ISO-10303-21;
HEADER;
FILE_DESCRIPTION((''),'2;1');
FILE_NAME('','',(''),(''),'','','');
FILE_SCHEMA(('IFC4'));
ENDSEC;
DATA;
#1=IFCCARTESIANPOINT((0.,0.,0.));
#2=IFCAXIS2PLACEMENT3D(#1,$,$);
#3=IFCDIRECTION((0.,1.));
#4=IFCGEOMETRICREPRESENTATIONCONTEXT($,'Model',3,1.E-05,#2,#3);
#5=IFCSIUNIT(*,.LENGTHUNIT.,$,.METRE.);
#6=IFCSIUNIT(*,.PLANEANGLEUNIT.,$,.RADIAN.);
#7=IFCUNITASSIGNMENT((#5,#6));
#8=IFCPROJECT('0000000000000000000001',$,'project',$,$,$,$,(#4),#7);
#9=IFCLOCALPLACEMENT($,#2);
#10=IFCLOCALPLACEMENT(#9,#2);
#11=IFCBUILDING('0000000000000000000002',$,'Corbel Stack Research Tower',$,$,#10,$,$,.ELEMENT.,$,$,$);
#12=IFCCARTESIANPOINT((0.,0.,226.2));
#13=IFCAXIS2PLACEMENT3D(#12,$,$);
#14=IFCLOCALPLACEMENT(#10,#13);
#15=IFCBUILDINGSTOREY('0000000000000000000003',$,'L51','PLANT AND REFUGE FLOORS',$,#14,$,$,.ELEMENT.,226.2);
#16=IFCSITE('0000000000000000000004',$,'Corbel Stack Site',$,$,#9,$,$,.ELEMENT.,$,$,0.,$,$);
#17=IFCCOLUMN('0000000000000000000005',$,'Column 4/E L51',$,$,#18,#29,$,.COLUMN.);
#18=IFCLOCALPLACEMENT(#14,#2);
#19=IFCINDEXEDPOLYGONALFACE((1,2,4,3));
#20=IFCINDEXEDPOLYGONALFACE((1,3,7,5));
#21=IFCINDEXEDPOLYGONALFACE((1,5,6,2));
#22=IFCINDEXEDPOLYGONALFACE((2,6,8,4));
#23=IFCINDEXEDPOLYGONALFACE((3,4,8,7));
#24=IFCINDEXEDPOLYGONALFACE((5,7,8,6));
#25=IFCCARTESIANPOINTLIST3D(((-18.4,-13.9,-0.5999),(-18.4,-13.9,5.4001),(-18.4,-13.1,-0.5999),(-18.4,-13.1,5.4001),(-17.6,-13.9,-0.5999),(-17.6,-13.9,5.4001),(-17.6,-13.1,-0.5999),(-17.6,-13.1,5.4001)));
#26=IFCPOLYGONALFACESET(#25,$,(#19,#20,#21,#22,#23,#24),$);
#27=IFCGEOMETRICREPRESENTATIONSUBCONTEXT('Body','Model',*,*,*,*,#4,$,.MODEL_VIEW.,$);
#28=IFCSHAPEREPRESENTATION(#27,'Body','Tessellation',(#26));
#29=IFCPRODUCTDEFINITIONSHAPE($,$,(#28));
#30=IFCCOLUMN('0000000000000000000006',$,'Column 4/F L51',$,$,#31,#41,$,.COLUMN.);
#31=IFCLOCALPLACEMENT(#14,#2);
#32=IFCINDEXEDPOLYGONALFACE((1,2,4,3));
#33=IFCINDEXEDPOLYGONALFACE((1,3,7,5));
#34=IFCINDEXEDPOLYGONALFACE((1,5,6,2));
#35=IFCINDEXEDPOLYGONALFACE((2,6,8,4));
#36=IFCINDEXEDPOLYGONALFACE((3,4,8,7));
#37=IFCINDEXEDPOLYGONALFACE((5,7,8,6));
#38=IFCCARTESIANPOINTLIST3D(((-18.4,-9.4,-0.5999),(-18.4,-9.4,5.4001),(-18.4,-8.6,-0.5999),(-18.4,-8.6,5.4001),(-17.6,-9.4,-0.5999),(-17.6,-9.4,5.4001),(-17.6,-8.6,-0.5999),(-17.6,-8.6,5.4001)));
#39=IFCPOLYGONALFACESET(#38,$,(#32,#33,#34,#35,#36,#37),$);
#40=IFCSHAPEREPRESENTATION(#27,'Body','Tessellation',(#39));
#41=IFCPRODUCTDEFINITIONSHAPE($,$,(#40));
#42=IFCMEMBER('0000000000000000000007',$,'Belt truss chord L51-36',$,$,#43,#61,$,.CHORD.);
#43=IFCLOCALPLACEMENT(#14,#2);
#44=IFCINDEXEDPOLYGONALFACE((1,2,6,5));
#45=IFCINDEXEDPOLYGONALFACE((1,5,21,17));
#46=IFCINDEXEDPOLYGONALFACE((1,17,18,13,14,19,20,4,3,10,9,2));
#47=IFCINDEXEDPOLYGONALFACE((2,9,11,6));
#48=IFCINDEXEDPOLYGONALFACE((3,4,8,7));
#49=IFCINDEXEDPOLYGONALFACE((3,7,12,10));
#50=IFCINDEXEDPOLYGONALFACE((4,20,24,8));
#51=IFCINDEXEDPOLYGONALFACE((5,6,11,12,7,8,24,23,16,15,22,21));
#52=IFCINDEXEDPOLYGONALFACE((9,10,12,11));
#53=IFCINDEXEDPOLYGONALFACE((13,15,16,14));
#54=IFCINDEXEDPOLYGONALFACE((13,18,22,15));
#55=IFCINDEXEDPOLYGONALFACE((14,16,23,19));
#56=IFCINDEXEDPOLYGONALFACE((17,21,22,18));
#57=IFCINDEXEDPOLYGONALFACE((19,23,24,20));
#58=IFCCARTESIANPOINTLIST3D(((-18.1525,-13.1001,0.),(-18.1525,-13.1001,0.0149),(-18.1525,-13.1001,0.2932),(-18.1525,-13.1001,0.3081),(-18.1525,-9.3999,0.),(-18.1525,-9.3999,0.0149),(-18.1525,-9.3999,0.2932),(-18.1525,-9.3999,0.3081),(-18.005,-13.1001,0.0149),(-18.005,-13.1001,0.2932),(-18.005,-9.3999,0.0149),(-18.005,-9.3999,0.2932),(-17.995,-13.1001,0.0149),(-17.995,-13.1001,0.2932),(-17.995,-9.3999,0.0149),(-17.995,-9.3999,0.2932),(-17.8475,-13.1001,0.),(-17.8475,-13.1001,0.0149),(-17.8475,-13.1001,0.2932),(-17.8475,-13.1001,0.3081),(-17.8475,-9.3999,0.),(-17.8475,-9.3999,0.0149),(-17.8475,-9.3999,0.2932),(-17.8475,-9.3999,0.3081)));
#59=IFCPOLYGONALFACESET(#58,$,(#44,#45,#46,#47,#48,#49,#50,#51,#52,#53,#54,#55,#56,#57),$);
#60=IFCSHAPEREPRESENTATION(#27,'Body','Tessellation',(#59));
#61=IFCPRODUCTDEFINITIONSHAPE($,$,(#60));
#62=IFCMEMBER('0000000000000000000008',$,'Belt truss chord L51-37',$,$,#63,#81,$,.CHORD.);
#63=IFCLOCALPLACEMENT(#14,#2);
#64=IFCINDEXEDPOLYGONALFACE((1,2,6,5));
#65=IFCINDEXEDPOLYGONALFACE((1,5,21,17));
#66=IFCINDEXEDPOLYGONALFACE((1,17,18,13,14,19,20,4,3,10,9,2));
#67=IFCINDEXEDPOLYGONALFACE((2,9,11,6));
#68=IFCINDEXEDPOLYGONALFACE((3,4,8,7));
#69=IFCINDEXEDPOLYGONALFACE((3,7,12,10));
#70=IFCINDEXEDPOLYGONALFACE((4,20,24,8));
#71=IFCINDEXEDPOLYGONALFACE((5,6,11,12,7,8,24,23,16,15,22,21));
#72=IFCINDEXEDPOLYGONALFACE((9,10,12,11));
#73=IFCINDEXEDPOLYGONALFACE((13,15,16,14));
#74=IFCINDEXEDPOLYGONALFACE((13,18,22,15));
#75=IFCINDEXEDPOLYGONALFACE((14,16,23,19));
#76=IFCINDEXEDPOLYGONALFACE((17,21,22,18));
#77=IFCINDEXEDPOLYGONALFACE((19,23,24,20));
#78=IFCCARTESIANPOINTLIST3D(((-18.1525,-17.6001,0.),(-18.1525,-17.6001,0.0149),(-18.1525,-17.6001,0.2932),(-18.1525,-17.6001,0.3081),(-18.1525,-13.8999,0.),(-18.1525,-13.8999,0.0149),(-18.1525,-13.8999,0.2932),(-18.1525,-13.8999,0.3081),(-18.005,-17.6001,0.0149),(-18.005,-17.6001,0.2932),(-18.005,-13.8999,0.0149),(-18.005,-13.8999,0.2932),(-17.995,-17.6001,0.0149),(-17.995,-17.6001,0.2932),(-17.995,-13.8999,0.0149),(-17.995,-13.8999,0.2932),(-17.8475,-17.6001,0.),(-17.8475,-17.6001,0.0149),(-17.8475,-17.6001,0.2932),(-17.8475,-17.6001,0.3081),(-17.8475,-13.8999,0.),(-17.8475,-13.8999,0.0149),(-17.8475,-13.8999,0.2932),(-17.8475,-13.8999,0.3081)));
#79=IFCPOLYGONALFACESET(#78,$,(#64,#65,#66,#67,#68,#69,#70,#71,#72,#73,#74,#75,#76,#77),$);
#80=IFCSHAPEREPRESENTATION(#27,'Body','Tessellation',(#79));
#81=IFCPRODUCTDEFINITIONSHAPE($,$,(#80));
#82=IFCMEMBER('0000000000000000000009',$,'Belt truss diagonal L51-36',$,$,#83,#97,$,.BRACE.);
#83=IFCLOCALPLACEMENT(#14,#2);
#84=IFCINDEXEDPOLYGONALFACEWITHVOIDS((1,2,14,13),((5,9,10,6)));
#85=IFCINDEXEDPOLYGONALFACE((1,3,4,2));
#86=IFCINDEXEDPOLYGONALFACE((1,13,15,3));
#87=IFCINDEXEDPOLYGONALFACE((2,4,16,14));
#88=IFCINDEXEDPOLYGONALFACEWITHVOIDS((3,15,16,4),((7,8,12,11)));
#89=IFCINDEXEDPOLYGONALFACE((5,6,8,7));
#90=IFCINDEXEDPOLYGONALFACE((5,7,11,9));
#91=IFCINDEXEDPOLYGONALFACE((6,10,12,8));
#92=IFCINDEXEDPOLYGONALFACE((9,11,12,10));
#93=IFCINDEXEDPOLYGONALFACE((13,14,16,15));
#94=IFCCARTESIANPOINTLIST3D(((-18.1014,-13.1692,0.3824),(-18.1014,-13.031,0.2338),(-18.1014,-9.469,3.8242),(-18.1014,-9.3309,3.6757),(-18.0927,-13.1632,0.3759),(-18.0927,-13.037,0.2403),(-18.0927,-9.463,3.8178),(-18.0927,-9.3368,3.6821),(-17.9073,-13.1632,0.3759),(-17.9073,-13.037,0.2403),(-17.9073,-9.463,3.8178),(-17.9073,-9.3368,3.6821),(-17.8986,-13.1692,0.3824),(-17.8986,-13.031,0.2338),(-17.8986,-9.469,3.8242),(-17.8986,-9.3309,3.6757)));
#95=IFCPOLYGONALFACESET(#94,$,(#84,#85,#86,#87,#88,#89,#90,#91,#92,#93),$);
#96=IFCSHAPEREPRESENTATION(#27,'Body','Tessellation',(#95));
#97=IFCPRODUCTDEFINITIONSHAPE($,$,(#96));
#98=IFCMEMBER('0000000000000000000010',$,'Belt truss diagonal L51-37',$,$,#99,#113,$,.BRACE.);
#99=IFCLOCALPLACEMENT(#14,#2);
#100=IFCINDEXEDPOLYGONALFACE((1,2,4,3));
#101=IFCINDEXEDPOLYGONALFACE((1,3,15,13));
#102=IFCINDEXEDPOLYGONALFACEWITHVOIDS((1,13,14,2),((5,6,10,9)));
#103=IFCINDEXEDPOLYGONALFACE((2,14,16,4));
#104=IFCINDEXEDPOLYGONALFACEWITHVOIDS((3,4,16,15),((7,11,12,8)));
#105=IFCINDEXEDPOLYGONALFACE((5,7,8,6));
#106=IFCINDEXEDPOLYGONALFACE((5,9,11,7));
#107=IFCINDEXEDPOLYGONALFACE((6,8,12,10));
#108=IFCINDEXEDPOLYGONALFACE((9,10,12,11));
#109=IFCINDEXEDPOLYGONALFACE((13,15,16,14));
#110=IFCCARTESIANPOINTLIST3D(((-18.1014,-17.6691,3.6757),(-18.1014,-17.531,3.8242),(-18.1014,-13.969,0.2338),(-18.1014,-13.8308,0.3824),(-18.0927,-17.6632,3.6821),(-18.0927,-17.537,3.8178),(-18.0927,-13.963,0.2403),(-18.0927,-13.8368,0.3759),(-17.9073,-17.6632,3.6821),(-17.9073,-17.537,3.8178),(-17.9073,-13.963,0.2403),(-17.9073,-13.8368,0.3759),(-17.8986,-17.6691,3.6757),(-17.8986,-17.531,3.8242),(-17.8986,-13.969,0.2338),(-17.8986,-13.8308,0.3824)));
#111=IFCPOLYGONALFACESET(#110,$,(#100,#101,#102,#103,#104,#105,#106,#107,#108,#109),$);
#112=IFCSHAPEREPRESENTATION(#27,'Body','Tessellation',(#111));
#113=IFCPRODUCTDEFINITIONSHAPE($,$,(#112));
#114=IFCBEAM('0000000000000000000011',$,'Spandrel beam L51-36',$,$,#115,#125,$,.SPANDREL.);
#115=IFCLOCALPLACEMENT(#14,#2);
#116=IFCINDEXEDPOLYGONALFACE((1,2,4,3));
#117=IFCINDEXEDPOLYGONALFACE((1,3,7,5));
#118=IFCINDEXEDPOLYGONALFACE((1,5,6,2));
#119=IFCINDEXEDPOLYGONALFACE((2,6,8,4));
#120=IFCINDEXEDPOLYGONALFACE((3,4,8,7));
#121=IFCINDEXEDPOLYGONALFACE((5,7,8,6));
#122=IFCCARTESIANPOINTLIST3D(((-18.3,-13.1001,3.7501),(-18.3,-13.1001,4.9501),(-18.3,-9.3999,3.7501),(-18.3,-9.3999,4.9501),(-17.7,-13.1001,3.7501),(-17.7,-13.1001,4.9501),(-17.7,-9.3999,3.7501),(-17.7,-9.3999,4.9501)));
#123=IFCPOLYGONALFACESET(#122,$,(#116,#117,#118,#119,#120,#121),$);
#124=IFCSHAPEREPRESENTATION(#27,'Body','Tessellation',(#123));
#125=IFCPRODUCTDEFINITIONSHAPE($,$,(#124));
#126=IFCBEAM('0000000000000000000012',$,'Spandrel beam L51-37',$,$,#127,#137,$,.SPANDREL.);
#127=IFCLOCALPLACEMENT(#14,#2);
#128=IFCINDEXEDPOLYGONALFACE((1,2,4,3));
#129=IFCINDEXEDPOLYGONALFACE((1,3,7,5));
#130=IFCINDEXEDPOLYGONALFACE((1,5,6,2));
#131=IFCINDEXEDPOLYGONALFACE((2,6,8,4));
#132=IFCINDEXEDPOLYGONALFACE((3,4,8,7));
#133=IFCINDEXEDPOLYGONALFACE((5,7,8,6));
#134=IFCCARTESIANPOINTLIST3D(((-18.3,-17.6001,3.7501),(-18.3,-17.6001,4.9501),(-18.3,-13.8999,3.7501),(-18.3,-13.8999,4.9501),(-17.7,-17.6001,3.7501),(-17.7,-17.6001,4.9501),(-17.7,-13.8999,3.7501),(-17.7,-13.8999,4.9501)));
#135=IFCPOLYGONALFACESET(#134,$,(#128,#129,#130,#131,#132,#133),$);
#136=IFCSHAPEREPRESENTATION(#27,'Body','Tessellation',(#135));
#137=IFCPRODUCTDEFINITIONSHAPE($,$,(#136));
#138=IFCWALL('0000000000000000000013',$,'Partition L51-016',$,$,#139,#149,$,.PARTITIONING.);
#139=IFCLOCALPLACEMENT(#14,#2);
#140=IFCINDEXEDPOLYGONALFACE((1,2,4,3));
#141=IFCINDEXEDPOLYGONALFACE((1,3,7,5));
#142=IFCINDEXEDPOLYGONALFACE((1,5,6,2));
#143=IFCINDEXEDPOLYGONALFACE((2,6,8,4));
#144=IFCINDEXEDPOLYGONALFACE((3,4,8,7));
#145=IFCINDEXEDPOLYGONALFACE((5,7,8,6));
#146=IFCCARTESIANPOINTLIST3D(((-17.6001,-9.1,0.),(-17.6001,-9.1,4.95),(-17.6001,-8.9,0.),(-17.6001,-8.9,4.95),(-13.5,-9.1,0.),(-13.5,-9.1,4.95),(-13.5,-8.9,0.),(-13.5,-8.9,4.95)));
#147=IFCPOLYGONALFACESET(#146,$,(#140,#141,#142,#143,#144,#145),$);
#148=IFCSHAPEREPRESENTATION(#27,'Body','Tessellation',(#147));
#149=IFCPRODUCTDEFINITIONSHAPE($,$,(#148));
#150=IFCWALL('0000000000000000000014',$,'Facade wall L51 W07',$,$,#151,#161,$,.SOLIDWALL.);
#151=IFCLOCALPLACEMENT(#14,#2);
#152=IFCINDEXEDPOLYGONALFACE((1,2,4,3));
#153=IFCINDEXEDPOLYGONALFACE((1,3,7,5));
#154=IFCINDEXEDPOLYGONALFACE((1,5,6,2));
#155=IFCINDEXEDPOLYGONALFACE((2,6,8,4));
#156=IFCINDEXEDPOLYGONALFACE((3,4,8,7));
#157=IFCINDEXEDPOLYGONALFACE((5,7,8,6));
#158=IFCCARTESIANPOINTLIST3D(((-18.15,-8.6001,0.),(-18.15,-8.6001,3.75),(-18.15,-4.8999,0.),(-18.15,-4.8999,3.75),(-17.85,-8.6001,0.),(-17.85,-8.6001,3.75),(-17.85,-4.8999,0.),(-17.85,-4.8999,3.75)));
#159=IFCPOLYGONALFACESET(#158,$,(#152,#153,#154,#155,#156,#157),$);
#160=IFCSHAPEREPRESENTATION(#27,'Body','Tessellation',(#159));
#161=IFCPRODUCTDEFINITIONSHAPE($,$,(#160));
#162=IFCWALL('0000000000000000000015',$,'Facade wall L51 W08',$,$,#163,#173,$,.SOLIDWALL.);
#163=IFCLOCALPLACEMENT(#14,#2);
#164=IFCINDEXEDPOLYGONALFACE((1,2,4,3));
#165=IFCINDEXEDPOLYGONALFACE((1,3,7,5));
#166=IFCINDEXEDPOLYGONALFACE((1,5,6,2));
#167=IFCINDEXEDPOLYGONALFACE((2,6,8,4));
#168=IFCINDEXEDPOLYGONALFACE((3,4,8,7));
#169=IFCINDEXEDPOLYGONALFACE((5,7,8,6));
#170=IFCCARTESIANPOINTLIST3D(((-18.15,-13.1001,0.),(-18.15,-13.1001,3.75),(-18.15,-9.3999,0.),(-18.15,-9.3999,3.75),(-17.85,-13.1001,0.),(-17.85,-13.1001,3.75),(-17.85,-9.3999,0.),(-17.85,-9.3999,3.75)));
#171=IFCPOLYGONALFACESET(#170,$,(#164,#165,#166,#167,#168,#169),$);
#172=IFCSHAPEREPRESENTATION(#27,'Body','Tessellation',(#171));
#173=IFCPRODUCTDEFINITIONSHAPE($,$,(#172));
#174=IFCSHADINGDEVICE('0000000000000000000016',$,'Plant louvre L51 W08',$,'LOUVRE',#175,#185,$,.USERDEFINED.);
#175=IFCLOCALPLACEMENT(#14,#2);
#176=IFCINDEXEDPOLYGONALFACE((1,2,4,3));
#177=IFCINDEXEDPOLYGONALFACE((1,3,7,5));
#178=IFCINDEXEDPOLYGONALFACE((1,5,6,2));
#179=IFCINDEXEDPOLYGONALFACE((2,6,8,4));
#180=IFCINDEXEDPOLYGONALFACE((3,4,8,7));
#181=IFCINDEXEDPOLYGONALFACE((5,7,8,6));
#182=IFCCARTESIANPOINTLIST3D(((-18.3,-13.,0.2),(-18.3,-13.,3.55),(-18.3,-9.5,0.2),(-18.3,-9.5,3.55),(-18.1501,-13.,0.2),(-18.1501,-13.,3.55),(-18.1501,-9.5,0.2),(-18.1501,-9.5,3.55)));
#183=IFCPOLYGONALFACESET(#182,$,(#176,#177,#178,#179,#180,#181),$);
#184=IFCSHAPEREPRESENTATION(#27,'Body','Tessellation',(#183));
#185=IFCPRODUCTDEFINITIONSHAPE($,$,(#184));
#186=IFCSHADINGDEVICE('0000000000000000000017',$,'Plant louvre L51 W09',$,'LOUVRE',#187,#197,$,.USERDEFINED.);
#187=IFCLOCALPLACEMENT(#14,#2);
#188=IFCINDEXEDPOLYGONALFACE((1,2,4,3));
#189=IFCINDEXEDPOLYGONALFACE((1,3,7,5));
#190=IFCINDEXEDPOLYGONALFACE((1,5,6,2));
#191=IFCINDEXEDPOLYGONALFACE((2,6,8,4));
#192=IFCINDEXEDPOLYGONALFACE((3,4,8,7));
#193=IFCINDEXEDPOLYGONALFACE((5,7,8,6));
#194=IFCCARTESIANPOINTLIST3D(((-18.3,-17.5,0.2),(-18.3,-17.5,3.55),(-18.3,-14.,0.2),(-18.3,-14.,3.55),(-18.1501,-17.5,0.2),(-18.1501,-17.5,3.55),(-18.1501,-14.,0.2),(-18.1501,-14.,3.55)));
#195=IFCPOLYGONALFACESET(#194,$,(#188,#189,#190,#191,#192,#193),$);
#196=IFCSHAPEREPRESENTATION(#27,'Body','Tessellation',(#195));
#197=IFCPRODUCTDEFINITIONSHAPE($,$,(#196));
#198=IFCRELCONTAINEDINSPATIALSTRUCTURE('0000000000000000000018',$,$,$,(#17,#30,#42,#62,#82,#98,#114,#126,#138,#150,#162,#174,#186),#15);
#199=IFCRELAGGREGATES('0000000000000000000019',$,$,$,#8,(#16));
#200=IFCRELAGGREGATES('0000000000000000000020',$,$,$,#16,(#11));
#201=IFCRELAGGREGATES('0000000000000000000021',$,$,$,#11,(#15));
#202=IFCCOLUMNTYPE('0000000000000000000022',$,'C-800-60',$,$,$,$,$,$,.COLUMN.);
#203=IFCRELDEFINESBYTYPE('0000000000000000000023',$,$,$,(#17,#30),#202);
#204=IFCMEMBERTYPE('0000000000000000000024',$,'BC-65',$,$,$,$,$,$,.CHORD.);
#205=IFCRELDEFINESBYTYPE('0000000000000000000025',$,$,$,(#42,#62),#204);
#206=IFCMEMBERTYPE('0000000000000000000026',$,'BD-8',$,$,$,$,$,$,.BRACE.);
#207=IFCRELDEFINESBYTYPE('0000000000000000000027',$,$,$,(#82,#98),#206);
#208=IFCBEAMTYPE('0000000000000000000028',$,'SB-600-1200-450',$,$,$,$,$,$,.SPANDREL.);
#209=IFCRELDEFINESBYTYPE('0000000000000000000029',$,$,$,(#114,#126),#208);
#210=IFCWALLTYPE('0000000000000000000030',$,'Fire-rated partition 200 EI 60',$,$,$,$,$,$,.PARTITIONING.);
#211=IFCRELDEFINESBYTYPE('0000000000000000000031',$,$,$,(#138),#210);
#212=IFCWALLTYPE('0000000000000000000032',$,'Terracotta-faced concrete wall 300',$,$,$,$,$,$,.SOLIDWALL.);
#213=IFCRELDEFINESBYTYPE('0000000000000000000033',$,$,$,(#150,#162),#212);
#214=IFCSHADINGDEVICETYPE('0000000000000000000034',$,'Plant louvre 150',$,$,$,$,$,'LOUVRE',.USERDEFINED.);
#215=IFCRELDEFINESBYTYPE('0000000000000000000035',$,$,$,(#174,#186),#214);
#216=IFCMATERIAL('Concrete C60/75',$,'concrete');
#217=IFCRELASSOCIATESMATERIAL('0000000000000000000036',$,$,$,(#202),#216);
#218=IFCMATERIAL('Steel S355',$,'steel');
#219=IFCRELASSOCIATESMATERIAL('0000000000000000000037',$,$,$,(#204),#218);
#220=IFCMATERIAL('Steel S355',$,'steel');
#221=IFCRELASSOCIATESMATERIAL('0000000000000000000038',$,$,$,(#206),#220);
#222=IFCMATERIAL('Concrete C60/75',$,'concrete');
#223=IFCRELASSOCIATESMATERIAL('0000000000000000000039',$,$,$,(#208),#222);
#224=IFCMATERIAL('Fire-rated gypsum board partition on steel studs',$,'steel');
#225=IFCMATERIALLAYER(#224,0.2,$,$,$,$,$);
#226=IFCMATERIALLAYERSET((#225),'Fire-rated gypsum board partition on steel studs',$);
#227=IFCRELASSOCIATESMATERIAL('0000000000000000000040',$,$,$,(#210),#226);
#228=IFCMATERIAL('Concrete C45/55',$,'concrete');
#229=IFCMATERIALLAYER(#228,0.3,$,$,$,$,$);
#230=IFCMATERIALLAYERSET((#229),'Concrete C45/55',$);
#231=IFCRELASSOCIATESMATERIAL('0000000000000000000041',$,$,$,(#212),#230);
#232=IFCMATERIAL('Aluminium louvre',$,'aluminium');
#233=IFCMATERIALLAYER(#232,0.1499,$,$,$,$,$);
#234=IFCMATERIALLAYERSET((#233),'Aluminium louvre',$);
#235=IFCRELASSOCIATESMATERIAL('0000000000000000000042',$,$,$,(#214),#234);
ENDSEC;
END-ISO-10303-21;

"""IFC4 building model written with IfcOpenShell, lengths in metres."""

from ifc_helpers import new_model, si_unit, direction, frame, frame_2d, origin, origin_2d, place, context, subcontext, project, spatial, rectangle, hollow_rectangle, i_section, extrude, material, layer, layer_set, material_profile, profile_set, type_object, element, save


model = new_model("IFC4")

# Units and contexts
model_context = context("Model", 3, precision=1e-05, world=origin(), true_north=direction((0.0, 1.0)))
body_context = subcontext(model_context, "Body", "Model", "MODEL_VIEW")
ifc_project = project(units=[si_unit("LENGTHUNIT", "METRE"), si_unit("PLANEANGLEUNIT", "RADIAN")], contexts=[model_context])

# Site, building, storey
site_placement = place(None, origin())
site = spatial("IfcSite", under=ifc_project, at=site_placement, Name="Corbel Stack Site", CompositionType="ELEMENT", RefElevation=0.0)
building_placement = place(site_placement, origin())
building = spatial("IfcBuilding", under=site, at=building_placement, Name="Corbel Stack Research Tower", CompositionType="ELEMENT")
storey_placement = place(building_placement, frame((0.0, 0.0, 226.2)))
storey = spatial("IfcBuildingStorey", under=building, at=storey_placement, Name="L51", Description="PLANT AND REFUGE FLOORS", CompositionType="ELEMENT", Elevation=226.2)

# Columns
ifc_material_1 = material(Name="Concrete C60/75", Category="concrete")
ifc_material_profile_1 = material_profile(ifc_material_1, rectangle(XDim=0.8, YDim=0.8, at=origin_2d()), Name="RC 800 x 800")
ifc_profile_set_1 = profile_set([ifc_material_profile_1], Name="Concrete C60/75")
column_type = type_object("IfcColumnType", Name="C-800-60", PredefinedType="COLUMN", material=ifc_profile_set_1)
for number, where, z_axis, x_axis, name in (
    (1, (-18.0, -13.5, -0.5999), (0.0, 0.0, 1.0), (1.0, 0.0, 0.0), "Column 4/E L51"),
    (2, (-18.0, -9.0, -0.5999), (0.0, 0.0, 1.0), (1.0, 0.0, 0.0), "Column 4/F L51"),
):
    element("IfcColumn", number, at=place(storey_placement, frame(where, z_axis=z_axis, x_axis=x_axis)), inside=storey, type_object=column_type, Name=name, PredefinedType="COLUMN", context=body_context, shape_type="SweptSolid", body=[
        extrude(rectangle(XDim=0.8, YDim=0.8, at=origin_2d()), origin(), (0.0, 0.0, 1.0), 6.0),
    ])

# Members
ifc_material_2 = material(Name="Steel S355", Category="steel")
ifc_material_profile_2 = material_profile(ifc_material_2, i_section(OverallWidth=0.3049, OverallDepth=0.3081, WebThickness=0.01, FlangeThickness=0.0149, at=origin_2d()), Name="W12x65")
ifc_profile_set_2 = profile_set([ifc_material_profile_2], Name="Steel S355")
member_type_1 = type_object("IfcMemberType", Name="BC-65", PredefinedType="CHORD", material=ifc_profile_set_2)
for number, where, z_axis, x_axis, name in (
    (3, (-18.0, -9.3999, 0.1541), (0.0, -1.0, 0.0), (1.0, 0.0, 0.0), "Belt truss chord L51-36"),
    (4, (-18.0, -13.8999, 0.1541), (0.0, -1.0, 0.0), (1.0, 0.0, 0.0), "Belt truss chord L51-37"),
):
    element("IfcMember", number, at=place(storey_placement, frame(where, z_axis=z_axis, x_axis=x_axis)), inside=storey, type_object=member_type_1, Name=name, PredefinedType="CHORD", context=body_context, shape_type="SweptSolid", body=[
        extrude(i_section(OverallWidth=0.3049, OverallDepth=0.3081, WebThickness=0.01, FlangeThickness=0.0149, at=origin_2d()), origin(), (0.0, 0.0, 1.0), 3.7002),
    ])
ifc_material_3 = material(Name="Steel S355", Category="steel")
ifc_material_profile_3 = material_profile(ifc_material_3, hollow_rectangle(XDim=0.2029, YDim=0.2029, WallThickness=0.0088, at=origin_2d()), Name="HSS8x8x3/8")
ifc_profile_set_3 = profile_set([ifc_material_profile_3], Name="Steel S355")
member_type_2 = type_object("IfcMemberType", Name="BD-8", PredefinedType="BRACE", material=ifc_profile_set_3)
for number, where, z_axis, x_axis, name in (
    (5, (-18.0, -13.1001, 0.3081), (0.0, 0.732201, 0.681088), (-1.0, 0.0, 0.0), "Belt truss diagonal L51-36"),
    (6, (-18.0, -13.8999, 0.3081), (0.0, -0.732201, 0.681088), (1.0, 0.0, 0.0), "Belt truss diagonal L51-37"),
):
    element("IfcMember", number, at=place(storey_placement, frame(where, z_axis=z_axis, x_axis=x_axis)), inside=storey, type_object=member_type_2, Name=name, PredefinedType="BRACE", context=body_context, shape_type="SweptSolid", body=[
        extrude(hollow_rectangle(XDim=0.2029, YDim=0.2029, WallThickness=0.0088, at=origin_2d()), origin(), (0.0, 0.0, 1.0), 5.0535),
    ])

# Beams
ifc_material_4 = material(Name="Concrete C60/75", Category="concrete")
ifc_material_profile_4 = material_profile(ifc_material_4, rectangle(XDim=0.6001, YDim=1.2, at=origin_2d()), Name="RC 600 x 1200")
ifc_profile_set_4 = profile_set([ifc_material_profile_4], Name="Concrete C60/75")
beam_type = type_object("IfcBeamType", Name="SB-600-1200-450", PredefinedType="SPANDREL", material=ifc_profile_set_4)
for number, where, z_axis, x_axis, name in (
    (7, (-18.0, -9.3999, 4.3501), (0.0, -1.0, 0.0), (1.0, 0.0, 0.0), "Spandrel beam L51-36"),
    (8, (-18.0, -13.8999, 4.3501), (0.0, -1.0, 0.0), (1.0, 0.0, 0.0), "Spandrel beam L51-37"),
):
    element("IfcBeam", number, at=place(storey_placement, frame(where, z_axis=z_axis, x_axis=x_axis)), inside=storey, type_object=beam_type, Name=name, PredefinedType="SPANDREL", context=body_context, shape_type="SweptSolid", body=[
        extrude(rectangle(XDim=0.6001, YDim=1.2, at=origin_2d()), origin(), (0.0, 0.0, 1.0), 3.7002),
    ])

# Walls
ifc_material_5 = material(Name="Fire-rated gypsum board partition on steel studs", Category="steel")
ifc_layer_1 = layer(ifc_material_5, 0.2)
ifc_layer_set_1 = layer_set([ifc_layer_1], Name="Fire-rated gypsum board partition on steel studs")
wall_type_1 = type_object("IfcWallType", Name="Fire-rated partition 200 EI 60", PredefinedType="PARTITIONING", material=ifc_layer_set_1)
wall_placement = place(storey_placement, frame((-17.6001, -9.0, 0.0), z_axis=(0.0, 0.0, 1.0), x_axis=(1.0, 0.0, 0.0)))
element("IfcWall", 9, at=wall_placement, inside=storey, type_object=wall_type_1, Name="Partition L51-016", PredefinedType="PARTITIONING", context=body_context, shape_type="SweptSolid", body=[
    extrude(rectangle(XDim=4.1001, YDim=0.2, at=frame_2d((2.05, 0.0))), origin(), (0.0, 0.0, 1.0), 4.95),
])
ifc_material_6 = material(Name="Concrete C45/55", Category="concrete")
ifc_layer_2 = layer(ifc_material_6, 0.3)
ifc_layer_set_2 = layer_set([ifc_layer_2], Name="Concrete C45/55")
wall_type_2 = type_object("IfcWallType", Name="Terracotta-faced concrete wall 300", PredefinedType="SOLIDWALL", material=ifc_layer_set_2)
for number, where, z_axis, x_axis, name in (
    (10, (-18.0, -8.6001, 0.0), (0.0, 0.0, 1.0), (0.0, 1.0, 0.0), "Facade wall L51 W07"),
    (11, (-18.0, -13.1001, 0.0), (0.0, 0.0, 1.0), (0.0, 1.0, 0.0), "Facade wall L51 W08"),
):
    element("IfcWall", number, at=place(storey_placement, frame(where, z_axis=z_axis, x_axis=x_axis)), inside=storey, type_object=wall_type_2, Name=name, PredefinedType="SOLIDWALL", context=body_context, shape_type="SweptSolid", body=[
        extrude(rectangle(XDim=3.7002, YDim=0.3, at=frame_2d((1.8501, 0.0))), origin(), (0.0, 0.0, 1.0), 3.75),
    ])

# Shading devices
ifc_material_7 = material(Name="Aluminium louvre", Category="aluminium")
ifc_layer_3 = layer(ifc_material_7, 0.1499)
ifc_layer_set_3 = layer_set([ifc_layer_3], Name="Aluminium louvre")
shading_device_type = type_object("IfcShadingDeviceType", Name="Plant louvre 150", ElementType="LOUVRE", PredefinedType="USERDEFINED", material=ifc_layer_set_3)
for number, where, z_axis, x_axis, name in (
    (12, (-18.2251, -11.25, 0.2), (0.0, 0.0, 1.0), (0.0, -1.0, 0.0), "Plant louvre L51 W08"),
    (13, (-18.2251, -15.75, 0.2), (0.0, 0.0, 1.0), (0.0, -1.0, 0.0), "Plant louvre L51 W09"),
):
    element("IfcShadingDevice", number, at=place(storey_placement, frame(where, z_axis=z_axis, x_axis=x_axis)), inside=storey, type_object=shading_device_type, Name=name, ObjectType="LOUVRE", PredefinedType="USERDEFINED", context=body_context, shape_type="SweptSolid", body=[
        extrude(rectangle(XDim=3.5, YDim=0.1499, at=origin_2d()), origin(), (0.0, 0.0, 1.0), 3.3501),
    ])

save(model, "model.ifc")
